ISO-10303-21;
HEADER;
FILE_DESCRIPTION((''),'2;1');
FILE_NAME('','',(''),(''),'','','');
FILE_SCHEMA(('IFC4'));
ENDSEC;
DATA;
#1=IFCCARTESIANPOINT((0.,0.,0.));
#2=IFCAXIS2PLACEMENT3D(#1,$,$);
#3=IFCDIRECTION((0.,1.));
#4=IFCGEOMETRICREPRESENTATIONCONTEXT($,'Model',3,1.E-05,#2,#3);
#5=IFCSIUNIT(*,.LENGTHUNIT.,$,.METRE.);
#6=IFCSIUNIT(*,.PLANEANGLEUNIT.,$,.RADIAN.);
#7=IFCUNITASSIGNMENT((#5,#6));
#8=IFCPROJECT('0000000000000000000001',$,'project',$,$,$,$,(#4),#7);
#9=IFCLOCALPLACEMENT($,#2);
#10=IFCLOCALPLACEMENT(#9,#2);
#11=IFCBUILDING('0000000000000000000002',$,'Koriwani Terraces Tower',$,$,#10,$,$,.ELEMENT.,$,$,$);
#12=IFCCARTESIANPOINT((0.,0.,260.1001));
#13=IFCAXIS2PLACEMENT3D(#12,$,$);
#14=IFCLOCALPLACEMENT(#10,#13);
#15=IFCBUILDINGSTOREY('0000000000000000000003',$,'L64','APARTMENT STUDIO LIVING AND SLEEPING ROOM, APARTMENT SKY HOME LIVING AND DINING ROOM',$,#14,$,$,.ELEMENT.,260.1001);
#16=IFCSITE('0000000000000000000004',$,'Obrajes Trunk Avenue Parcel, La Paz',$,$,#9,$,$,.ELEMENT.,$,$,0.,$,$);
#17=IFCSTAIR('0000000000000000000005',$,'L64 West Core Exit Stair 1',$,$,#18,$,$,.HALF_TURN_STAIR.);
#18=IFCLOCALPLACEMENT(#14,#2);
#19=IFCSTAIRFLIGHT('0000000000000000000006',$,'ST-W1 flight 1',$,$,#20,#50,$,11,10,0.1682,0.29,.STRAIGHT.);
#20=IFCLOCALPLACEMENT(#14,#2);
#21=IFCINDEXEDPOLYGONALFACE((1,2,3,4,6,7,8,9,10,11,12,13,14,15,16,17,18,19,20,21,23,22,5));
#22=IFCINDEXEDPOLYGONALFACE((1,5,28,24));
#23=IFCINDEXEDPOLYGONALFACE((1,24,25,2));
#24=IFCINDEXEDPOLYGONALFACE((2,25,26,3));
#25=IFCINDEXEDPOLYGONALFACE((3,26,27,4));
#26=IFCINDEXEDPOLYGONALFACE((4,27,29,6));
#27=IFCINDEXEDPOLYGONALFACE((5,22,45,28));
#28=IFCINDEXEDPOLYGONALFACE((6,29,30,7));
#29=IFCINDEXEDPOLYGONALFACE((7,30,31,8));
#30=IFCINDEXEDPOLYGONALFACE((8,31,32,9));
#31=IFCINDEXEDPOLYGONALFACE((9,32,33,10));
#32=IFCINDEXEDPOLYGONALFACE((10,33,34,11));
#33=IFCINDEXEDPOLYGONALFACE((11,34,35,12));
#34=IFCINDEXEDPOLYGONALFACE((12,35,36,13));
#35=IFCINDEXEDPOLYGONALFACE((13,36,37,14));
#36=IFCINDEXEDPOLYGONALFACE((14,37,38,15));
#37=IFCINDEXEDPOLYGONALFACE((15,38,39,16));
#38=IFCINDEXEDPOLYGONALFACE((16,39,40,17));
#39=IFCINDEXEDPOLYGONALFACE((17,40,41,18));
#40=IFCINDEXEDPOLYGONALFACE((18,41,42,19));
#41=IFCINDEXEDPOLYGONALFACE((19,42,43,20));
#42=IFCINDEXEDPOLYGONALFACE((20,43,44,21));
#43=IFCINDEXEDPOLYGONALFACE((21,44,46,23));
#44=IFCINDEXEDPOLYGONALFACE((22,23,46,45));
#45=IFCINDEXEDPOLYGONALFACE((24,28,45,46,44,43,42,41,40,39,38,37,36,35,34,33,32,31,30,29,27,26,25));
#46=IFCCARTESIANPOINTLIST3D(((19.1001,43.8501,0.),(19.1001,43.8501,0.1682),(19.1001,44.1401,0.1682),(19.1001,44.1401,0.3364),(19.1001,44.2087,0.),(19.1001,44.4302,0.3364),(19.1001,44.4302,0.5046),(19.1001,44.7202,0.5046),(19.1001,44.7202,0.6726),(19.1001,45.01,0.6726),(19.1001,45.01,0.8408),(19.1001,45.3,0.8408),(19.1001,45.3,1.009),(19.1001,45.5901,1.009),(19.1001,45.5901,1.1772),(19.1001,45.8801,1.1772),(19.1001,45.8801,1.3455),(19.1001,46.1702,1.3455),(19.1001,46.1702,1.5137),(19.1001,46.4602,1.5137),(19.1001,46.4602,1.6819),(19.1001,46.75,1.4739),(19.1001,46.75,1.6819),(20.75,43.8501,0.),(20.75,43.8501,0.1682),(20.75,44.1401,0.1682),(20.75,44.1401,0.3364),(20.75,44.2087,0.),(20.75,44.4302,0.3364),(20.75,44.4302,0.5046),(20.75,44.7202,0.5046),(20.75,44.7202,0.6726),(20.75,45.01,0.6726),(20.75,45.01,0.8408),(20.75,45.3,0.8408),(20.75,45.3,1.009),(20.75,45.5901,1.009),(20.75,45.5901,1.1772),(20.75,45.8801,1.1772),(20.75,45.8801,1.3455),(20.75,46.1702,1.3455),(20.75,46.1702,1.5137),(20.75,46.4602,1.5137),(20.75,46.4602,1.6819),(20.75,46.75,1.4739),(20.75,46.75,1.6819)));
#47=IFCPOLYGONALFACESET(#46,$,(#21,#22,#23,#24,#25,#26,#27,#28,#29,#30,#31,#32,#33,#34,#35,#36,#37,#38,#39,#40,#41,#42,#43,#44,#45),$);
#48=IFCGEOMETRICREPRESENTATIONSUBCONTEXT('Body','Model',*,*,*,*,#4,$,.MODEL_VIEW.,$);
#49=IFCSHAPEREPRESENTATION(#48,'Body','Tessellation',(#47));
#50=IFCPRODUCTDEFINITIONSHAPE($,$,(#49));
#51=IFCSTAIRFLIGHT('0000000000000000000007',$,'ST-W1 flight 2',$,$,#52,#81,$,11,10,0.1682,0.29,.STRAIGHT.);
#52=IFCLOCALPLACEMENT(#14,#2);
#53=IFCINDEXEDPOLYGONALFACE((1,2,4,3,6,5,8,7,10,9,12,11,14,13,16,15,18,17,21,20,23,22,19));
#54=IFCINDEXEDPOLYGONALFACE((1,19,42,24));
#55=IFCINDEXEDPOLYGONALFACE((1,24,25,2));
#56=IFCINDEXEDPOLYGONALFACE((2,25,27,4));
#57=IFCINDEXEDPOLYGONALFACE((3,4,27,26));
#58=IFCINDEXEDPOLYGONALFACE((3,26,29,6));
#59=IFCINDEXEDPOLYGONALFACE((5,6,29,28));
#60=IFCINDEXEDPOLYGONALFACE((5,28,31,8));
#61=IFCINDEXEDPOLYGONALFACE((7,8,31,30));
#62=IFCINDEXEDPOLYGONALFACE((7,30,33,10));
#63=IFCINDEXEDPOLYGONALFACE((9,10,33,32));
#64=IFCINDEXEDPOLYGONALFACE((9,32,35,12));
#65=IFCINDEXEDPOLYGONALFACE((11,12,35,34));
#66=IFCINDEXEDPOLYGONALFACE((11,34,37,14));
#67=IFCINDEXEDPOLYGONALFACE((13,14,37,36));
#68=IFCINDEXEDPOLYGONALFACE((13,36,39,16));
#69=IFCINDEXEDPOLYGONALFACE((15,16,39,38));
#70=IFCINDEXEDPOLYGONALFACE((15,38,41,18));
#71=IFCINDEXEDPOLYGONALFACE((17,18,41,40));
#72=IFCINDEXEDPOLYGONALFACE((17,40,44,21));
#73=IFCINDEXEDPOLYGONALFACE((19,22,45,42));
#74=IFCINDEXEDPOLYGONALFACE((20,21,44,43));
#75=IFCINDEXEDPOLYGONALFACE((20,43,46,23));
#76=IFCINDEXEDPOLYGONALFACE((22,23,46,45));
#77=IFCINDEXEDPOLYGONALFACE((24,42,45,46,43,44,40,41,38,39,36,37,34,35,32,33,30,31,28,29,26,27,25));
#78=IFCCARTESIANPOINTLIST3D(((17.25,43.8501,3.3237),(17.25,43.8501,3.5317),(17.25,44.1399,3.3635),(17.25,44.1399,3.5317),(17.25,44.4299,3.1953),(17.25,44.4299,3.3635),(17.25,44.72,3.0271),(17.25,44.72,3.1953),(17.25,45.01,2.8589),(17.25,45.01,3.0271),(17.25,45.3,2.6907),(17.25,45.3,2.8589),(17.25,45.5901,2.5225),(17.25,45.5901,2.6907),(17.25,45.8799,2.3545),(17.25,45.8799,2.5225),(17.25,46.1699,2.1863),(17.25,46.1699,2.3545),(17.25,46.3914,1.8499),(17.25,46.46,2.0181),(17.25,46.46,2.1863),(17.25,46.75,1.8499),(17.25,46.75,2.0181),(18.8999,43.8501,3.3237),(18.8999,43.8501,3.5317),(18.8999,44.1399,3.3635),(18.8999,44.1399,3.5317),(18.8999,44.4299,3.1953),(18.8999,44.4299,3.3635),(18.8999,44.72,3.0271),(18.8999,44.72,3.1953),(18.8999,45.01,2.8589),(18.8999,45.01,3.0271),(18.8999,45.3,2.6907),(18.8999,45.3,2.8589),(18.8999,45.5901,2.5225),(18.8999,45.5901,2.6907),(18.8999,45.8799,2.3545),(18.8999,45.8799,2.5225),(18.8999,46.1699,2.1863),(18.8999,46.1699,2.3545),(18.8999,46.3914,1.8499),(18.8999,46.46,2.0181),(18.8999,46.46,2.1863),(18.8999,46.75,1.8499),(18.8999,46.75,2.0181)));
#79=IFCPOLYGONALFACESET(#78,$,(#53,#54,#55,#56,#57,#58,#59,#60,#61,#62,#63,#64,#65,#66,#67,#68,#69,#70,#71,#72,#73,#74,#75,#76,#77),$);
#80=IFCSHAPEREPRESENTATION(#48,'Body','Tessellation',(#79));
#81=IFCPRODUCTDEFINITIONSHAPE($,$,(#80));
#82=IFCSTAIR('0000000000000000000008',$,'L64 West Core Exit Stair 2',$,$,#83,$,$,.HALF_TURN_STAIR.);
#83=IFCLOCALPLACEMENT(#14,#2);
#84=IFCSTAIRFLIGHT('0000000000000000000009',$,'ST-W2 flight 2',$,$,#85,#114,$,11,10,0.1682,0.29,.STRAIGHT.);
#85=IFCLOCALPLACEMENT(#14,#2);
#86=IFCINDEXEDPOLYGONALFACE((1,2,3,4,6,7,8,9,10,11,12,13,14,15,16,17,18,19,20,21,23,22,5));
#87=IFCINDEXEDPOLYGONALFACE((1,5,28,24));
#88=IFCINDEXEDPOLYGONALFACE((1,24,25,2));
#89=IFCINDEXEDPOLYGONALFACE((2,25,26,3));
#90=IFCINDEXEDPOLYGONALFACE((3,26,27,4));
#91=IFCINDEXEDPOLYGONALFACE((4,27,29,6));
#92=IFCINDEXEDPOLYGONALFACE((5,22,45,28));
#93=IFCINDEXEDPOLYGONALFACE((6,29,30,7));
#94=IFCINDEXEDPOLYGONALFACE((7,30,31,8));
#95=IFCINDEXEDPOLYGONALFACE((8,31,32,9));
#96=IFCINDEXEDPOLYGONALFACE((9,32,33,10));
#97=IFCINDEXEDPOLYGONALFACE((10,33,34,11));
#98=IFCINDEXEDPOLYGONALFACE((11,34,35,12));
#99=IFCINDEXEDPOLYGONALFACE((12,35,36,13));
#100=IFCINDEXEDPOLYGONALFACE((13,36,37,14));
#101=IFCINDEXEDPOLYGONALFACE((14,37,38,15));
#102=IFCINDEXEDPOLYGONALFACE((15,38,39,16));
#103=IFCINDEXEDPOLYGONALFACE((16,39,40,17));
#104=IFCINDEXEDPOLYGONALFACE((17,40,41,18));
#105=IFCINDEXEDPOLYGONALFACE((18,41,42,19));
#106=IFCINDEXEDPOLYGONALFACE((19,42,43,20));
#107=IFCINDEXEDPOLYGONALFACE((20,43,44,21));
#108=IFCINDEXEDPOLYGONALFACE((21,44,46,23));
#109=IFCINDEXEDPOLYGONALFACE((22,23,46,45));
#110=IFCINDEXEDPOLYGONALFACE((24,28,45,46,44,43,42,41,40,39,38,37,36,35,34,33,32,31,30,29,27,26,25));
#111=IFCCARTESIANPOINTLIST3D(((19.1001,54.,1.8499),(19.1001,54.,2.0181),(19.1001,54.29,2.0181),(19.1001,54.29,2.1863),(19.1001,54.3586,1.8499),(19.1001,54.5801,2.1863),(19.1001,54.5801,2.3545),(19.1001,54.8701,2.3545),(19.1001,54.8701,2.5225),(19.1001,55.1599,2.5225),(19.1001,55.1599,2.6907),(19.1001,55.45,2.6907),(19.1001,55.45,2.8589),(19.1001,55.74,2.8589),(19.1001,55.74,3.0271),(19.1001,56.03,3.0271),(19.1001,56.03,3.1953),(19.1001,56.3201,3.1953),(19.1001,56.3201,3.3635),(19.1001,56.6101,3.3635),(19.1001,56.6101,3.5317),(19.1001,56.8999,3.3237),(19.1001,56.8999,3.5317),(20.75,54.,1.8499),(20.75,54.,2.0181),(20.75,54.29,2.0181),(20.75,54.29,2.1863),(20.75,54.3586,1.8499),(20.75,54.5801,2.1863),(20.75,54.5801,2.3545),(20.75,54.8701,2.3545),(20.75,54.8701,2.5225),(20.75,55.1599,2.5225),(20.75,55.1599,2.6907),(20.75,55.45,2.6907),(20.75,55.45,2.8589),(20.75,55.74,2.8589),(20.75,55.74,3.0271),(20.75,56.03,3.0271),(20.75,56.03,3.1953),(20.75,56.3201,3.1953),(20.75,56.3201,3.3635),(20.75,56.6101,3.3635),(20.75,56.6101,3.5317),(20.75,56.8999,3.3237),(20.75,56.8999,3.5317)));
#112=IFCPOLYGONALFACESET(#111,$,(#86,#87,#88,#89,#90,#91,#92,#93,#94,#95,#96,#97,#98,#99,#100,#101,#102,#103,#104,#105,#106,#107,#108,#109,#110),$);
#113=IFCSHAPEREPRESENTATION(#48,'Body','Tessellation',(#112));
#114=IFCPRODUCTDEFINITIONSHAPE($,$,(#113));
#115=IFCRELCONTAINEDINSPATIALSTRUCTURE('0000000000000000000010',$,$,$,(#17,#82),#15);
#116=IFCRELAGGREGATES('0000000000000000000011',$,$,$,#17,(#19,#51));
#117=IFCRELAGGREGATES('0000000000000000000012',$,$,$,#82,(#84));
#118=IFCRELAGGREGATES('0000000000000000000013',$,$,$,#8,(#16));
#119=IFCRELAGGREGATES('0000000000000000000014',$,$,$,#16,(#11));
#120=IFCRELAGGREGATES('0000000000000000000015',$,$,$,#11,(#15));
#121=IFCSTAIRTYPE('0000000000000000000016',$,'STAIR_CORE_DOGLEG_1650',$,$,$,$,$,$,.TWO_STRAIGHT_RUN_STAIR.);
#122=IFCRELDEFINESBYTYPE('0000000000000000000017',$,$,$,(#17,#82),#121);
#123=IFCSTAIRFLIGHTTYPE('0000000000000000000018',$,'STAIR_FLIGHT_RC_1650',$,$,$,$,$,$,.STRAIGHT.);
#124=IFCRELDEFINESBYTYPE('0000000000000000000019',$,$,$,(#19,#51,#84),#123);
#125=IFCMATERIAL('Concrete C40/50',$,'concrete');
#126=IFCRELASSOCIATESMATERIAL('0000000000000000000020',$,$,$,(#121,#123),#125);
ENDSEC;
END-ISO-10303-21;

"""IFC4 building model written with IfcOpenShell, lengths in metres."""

from ifc_helpers import new_model, si_unit, direction, frame, origin, place, context, subcontext, project, spatial, polyline, outline, extrude, material, type_object, element, aggregate, save


model = new_model("IFC4")

# Units and contexts
model_context = context("Model", 3, precision=1e-05, world=origin(), true_north=direction((0.0, 1.0)))
body_context = subcontext(model_context, "Body", "Model", "MODEL_VIEW")
ifc_project = project(units=[si_unit("LENGTHUNIT", "METRE"), si_unit("PLANEANGLEUNIT", "RADIAN")], contexts=[model_context])

# Site, building, storey
site_placement = place(None, origin())
site = spatial("IfcSite", under=ifc_project, at=site_placement, Name="Obrajes Trunk Avenue Parcel, La Paz", CompositionType="ELEMENT", RefElevation=0.0)
building_placement = place(site_placement, origin())
building = spatial("IfcBuilding", under=site, at=building_placement, Name="Koriwani Terraces Tower", CompositionType="ELEMENT")
storey_placement = place(building_placement, frame((0.0, 0.0, 260.1001)))
storey = spatial("IfcBuildingStorey", under=building, at=storey_placement, Name="L64", Description="APARTMENT STUDIO LIVING AND SLEEPING ROOM, APARTMENT SKY HOME LIVING AND DINING ROOM", CompositionType="ELEMENT", Elevation=260.1001)

# Shared definitions
ifc_material_1 = material(Name="Concrete C40/50", Category="concrete")

# Stair, stair flights
stair_type = type_object("IfcStairType", Name="STAIR_CORE_DOGLEG_1650", PredefinedType="TWO_STRAIGHT_RUN_STAIR", material=ifc_material_1)
stair_1_placement = place(storey_placement, origin())
stair_1 = element("IfcStair", 1, at=stair_1_placement, inside=storey, type_object=stair_type, Name="L64 West Core Exit Stair 1", PredefinedType="HALF_TURN_STAIR")
stair_flight_type = type_object("IfcStairFlightType", Name="STAIR_FLIGHT_RC_1650", PredefinedType="STRAIGHT", material=ifc_material_1)
stair_flight_1_placement = place(storey_placement, frame((19.925, 43.8501, 0.0), z_axis=(0.0, 0.0, 1.0), x_axis=(0.0, 1.0, 0.0)))
stair_flight_1 = element("IfcStairFlight", 2, at=stair_flight_1_placement, type_object=stair_flight_type, Name="ST-W1 flight 1", NumberOfRisers=11, NumberOfTreads=10, PredefinedType="STRAIGHT", RiserHeight=0.1682, TreadLength=0.29, context=body_context, shape_type="SweptSolid", body=[
    extrude(outline(polyline([(0.0, 0.0), (0.0, 0.1682), (0.29, 0.1682), (0.29, 0.3364), (0.5801, 0.3364), (0.5801, 0.5046), (0.8701, 0.5046), (0.8701, 0.6726), (1.1599, 0.6726), (1.1599, 0.8408), (1.45, 0.8408), (1.45, 1.009), (1.74, 1.009), (1.74, 1.1772), (2.03, 1.1772), (2.03, 1.3455), (2.3201, 1.3455), (2.3201, 1.5137), (2.6101, 1.5137), (2.6101, 1.6819), (2.8999, 1.6819), (2.8999, 1.8501), (2.8999, 1.4739), (0.3586, 0.0), (0.0, 0.0)])), frame((0.0, 0.825, 0.0), z_axis=(0.0, -1.0, 0.0), x_axis=(1.0, 0.0, 0.0)), (0.0, 0.0, 1.0), 1.6499),
])
stair_flight_2_placement = place(storey_placement, frame((18.075, 46.75, 1.8499), z_axis=(0.0, 0.0, 1.0), x_axis=(0.0, -1.0, 0.0)))
stair_flight_2 = element("IfcStairFlight", 3, at=stair_flight_2_placement, type_object=stair_flight_type, Name="ST-W1 flight 2", NumberOfRisers=11, NumberOfTreads=10, PredefinedType="STRAIGHT", RiserHeight=0.1682, TreadLength=0.29, context=body_context, shape_type="SweptSolid", body=[
    extrude(outline(polyline([(0.0, 0.0), (0.0, 0.1682), (0.29, 0.1682), (0.29, 0.3364), (0.5801, 0.3364), (0.5801, 0.5046), (0.8701, 0.5046), (0.8701, 0.6726), (1.1599, 0.6726), (1.1599, 0.8408), (1.45, 0.8408), (1.45, 1.009), (1.74, 1.009), (1.74, 1.1772), (2.03, 1.1772), (2.03, 1.3455), (2.3201, 1.3455), (2.3201, 1.5137), (2.6101, 1.5137), (2.6101, 1.6819), (2.8999, 1.6819), (2.8999, 1.8501), (2.8999, 1.4739), (0.3586, 0.0), (0.0, 0.0)])), frame((0.0, 0.825, 0.0), z_axis=(0.0, -1.0, 0.0), x_axis=(1.0, 0.0, 0.0)), (0.0, 0.0, 1.0), 1.6499),
])
aggregate(stair_1, [stair_flight_1, stair_flight_2])

# Stair, stair flight
stair_2_placement = place(storey_placement, origin())
stair_2 = element("IfcStair", 4, at=stair_2_placement, inside=storey, type_object=stair_type, Name="L64 West Core Exit Stair 2", PredefinedType="HALF_TURN_STAIR")
stair_flight_3_placement = place(storey_placement, frame((19.925, 54.0, 1.8499), z_axis=(0.0, 0.0, 1.0), x_axis=(0.0, 1.0, 0.0)))
stair_flight_3 = element("IfcStairFlight", 5, at=stair_flight_3_placement, type_object=stair_flight_type, Name="ST-W2 flight 2", NumberOfRisers=11, NumberOfTreads=10, PredefinedType="STRAIGHT", RiserHeight=0.1682, TreadLength=0.29, context=body_context, shape_type="SweptSolid", body=[
    extrude(outline(polyline([(0.0, 0.0), (0.0, 0.1682), (0.29, 0.1682), (0.29, 0.3364), (0.5801, 0.3364), (0.5801, 0.5046), (0.8701, 0.5046), (0.8701, 0.6726), (1.1599, 0.6726), (1.1599, 0.8408), (1.45, 0.8408), (1.45, 1.009), (1.74, 1.009), (1.74, 1.1772), (2.03, 1.1772), (2.03, 1.3455), (2.3201, 1.3455), (2.3201, 1.5137), (2.6101, 1.5137), (2.6101, 1.6819), (2.8999, 1.6819), (2.8999, 1.8501), (2.8999, 1.4739), (0.3586, 0.0), (0.0, 0.0)])), frame((0.0, 0.825, 0.0), z_axis=(0.0, -1.0, 0.0), x_axis=(1.0, 0.0, 0.0)), (0.0, 0.0, 1.0), 1.6499),
])
aggregate(stair_2, [stair_flight_3])

save(model, "model.ifc")
